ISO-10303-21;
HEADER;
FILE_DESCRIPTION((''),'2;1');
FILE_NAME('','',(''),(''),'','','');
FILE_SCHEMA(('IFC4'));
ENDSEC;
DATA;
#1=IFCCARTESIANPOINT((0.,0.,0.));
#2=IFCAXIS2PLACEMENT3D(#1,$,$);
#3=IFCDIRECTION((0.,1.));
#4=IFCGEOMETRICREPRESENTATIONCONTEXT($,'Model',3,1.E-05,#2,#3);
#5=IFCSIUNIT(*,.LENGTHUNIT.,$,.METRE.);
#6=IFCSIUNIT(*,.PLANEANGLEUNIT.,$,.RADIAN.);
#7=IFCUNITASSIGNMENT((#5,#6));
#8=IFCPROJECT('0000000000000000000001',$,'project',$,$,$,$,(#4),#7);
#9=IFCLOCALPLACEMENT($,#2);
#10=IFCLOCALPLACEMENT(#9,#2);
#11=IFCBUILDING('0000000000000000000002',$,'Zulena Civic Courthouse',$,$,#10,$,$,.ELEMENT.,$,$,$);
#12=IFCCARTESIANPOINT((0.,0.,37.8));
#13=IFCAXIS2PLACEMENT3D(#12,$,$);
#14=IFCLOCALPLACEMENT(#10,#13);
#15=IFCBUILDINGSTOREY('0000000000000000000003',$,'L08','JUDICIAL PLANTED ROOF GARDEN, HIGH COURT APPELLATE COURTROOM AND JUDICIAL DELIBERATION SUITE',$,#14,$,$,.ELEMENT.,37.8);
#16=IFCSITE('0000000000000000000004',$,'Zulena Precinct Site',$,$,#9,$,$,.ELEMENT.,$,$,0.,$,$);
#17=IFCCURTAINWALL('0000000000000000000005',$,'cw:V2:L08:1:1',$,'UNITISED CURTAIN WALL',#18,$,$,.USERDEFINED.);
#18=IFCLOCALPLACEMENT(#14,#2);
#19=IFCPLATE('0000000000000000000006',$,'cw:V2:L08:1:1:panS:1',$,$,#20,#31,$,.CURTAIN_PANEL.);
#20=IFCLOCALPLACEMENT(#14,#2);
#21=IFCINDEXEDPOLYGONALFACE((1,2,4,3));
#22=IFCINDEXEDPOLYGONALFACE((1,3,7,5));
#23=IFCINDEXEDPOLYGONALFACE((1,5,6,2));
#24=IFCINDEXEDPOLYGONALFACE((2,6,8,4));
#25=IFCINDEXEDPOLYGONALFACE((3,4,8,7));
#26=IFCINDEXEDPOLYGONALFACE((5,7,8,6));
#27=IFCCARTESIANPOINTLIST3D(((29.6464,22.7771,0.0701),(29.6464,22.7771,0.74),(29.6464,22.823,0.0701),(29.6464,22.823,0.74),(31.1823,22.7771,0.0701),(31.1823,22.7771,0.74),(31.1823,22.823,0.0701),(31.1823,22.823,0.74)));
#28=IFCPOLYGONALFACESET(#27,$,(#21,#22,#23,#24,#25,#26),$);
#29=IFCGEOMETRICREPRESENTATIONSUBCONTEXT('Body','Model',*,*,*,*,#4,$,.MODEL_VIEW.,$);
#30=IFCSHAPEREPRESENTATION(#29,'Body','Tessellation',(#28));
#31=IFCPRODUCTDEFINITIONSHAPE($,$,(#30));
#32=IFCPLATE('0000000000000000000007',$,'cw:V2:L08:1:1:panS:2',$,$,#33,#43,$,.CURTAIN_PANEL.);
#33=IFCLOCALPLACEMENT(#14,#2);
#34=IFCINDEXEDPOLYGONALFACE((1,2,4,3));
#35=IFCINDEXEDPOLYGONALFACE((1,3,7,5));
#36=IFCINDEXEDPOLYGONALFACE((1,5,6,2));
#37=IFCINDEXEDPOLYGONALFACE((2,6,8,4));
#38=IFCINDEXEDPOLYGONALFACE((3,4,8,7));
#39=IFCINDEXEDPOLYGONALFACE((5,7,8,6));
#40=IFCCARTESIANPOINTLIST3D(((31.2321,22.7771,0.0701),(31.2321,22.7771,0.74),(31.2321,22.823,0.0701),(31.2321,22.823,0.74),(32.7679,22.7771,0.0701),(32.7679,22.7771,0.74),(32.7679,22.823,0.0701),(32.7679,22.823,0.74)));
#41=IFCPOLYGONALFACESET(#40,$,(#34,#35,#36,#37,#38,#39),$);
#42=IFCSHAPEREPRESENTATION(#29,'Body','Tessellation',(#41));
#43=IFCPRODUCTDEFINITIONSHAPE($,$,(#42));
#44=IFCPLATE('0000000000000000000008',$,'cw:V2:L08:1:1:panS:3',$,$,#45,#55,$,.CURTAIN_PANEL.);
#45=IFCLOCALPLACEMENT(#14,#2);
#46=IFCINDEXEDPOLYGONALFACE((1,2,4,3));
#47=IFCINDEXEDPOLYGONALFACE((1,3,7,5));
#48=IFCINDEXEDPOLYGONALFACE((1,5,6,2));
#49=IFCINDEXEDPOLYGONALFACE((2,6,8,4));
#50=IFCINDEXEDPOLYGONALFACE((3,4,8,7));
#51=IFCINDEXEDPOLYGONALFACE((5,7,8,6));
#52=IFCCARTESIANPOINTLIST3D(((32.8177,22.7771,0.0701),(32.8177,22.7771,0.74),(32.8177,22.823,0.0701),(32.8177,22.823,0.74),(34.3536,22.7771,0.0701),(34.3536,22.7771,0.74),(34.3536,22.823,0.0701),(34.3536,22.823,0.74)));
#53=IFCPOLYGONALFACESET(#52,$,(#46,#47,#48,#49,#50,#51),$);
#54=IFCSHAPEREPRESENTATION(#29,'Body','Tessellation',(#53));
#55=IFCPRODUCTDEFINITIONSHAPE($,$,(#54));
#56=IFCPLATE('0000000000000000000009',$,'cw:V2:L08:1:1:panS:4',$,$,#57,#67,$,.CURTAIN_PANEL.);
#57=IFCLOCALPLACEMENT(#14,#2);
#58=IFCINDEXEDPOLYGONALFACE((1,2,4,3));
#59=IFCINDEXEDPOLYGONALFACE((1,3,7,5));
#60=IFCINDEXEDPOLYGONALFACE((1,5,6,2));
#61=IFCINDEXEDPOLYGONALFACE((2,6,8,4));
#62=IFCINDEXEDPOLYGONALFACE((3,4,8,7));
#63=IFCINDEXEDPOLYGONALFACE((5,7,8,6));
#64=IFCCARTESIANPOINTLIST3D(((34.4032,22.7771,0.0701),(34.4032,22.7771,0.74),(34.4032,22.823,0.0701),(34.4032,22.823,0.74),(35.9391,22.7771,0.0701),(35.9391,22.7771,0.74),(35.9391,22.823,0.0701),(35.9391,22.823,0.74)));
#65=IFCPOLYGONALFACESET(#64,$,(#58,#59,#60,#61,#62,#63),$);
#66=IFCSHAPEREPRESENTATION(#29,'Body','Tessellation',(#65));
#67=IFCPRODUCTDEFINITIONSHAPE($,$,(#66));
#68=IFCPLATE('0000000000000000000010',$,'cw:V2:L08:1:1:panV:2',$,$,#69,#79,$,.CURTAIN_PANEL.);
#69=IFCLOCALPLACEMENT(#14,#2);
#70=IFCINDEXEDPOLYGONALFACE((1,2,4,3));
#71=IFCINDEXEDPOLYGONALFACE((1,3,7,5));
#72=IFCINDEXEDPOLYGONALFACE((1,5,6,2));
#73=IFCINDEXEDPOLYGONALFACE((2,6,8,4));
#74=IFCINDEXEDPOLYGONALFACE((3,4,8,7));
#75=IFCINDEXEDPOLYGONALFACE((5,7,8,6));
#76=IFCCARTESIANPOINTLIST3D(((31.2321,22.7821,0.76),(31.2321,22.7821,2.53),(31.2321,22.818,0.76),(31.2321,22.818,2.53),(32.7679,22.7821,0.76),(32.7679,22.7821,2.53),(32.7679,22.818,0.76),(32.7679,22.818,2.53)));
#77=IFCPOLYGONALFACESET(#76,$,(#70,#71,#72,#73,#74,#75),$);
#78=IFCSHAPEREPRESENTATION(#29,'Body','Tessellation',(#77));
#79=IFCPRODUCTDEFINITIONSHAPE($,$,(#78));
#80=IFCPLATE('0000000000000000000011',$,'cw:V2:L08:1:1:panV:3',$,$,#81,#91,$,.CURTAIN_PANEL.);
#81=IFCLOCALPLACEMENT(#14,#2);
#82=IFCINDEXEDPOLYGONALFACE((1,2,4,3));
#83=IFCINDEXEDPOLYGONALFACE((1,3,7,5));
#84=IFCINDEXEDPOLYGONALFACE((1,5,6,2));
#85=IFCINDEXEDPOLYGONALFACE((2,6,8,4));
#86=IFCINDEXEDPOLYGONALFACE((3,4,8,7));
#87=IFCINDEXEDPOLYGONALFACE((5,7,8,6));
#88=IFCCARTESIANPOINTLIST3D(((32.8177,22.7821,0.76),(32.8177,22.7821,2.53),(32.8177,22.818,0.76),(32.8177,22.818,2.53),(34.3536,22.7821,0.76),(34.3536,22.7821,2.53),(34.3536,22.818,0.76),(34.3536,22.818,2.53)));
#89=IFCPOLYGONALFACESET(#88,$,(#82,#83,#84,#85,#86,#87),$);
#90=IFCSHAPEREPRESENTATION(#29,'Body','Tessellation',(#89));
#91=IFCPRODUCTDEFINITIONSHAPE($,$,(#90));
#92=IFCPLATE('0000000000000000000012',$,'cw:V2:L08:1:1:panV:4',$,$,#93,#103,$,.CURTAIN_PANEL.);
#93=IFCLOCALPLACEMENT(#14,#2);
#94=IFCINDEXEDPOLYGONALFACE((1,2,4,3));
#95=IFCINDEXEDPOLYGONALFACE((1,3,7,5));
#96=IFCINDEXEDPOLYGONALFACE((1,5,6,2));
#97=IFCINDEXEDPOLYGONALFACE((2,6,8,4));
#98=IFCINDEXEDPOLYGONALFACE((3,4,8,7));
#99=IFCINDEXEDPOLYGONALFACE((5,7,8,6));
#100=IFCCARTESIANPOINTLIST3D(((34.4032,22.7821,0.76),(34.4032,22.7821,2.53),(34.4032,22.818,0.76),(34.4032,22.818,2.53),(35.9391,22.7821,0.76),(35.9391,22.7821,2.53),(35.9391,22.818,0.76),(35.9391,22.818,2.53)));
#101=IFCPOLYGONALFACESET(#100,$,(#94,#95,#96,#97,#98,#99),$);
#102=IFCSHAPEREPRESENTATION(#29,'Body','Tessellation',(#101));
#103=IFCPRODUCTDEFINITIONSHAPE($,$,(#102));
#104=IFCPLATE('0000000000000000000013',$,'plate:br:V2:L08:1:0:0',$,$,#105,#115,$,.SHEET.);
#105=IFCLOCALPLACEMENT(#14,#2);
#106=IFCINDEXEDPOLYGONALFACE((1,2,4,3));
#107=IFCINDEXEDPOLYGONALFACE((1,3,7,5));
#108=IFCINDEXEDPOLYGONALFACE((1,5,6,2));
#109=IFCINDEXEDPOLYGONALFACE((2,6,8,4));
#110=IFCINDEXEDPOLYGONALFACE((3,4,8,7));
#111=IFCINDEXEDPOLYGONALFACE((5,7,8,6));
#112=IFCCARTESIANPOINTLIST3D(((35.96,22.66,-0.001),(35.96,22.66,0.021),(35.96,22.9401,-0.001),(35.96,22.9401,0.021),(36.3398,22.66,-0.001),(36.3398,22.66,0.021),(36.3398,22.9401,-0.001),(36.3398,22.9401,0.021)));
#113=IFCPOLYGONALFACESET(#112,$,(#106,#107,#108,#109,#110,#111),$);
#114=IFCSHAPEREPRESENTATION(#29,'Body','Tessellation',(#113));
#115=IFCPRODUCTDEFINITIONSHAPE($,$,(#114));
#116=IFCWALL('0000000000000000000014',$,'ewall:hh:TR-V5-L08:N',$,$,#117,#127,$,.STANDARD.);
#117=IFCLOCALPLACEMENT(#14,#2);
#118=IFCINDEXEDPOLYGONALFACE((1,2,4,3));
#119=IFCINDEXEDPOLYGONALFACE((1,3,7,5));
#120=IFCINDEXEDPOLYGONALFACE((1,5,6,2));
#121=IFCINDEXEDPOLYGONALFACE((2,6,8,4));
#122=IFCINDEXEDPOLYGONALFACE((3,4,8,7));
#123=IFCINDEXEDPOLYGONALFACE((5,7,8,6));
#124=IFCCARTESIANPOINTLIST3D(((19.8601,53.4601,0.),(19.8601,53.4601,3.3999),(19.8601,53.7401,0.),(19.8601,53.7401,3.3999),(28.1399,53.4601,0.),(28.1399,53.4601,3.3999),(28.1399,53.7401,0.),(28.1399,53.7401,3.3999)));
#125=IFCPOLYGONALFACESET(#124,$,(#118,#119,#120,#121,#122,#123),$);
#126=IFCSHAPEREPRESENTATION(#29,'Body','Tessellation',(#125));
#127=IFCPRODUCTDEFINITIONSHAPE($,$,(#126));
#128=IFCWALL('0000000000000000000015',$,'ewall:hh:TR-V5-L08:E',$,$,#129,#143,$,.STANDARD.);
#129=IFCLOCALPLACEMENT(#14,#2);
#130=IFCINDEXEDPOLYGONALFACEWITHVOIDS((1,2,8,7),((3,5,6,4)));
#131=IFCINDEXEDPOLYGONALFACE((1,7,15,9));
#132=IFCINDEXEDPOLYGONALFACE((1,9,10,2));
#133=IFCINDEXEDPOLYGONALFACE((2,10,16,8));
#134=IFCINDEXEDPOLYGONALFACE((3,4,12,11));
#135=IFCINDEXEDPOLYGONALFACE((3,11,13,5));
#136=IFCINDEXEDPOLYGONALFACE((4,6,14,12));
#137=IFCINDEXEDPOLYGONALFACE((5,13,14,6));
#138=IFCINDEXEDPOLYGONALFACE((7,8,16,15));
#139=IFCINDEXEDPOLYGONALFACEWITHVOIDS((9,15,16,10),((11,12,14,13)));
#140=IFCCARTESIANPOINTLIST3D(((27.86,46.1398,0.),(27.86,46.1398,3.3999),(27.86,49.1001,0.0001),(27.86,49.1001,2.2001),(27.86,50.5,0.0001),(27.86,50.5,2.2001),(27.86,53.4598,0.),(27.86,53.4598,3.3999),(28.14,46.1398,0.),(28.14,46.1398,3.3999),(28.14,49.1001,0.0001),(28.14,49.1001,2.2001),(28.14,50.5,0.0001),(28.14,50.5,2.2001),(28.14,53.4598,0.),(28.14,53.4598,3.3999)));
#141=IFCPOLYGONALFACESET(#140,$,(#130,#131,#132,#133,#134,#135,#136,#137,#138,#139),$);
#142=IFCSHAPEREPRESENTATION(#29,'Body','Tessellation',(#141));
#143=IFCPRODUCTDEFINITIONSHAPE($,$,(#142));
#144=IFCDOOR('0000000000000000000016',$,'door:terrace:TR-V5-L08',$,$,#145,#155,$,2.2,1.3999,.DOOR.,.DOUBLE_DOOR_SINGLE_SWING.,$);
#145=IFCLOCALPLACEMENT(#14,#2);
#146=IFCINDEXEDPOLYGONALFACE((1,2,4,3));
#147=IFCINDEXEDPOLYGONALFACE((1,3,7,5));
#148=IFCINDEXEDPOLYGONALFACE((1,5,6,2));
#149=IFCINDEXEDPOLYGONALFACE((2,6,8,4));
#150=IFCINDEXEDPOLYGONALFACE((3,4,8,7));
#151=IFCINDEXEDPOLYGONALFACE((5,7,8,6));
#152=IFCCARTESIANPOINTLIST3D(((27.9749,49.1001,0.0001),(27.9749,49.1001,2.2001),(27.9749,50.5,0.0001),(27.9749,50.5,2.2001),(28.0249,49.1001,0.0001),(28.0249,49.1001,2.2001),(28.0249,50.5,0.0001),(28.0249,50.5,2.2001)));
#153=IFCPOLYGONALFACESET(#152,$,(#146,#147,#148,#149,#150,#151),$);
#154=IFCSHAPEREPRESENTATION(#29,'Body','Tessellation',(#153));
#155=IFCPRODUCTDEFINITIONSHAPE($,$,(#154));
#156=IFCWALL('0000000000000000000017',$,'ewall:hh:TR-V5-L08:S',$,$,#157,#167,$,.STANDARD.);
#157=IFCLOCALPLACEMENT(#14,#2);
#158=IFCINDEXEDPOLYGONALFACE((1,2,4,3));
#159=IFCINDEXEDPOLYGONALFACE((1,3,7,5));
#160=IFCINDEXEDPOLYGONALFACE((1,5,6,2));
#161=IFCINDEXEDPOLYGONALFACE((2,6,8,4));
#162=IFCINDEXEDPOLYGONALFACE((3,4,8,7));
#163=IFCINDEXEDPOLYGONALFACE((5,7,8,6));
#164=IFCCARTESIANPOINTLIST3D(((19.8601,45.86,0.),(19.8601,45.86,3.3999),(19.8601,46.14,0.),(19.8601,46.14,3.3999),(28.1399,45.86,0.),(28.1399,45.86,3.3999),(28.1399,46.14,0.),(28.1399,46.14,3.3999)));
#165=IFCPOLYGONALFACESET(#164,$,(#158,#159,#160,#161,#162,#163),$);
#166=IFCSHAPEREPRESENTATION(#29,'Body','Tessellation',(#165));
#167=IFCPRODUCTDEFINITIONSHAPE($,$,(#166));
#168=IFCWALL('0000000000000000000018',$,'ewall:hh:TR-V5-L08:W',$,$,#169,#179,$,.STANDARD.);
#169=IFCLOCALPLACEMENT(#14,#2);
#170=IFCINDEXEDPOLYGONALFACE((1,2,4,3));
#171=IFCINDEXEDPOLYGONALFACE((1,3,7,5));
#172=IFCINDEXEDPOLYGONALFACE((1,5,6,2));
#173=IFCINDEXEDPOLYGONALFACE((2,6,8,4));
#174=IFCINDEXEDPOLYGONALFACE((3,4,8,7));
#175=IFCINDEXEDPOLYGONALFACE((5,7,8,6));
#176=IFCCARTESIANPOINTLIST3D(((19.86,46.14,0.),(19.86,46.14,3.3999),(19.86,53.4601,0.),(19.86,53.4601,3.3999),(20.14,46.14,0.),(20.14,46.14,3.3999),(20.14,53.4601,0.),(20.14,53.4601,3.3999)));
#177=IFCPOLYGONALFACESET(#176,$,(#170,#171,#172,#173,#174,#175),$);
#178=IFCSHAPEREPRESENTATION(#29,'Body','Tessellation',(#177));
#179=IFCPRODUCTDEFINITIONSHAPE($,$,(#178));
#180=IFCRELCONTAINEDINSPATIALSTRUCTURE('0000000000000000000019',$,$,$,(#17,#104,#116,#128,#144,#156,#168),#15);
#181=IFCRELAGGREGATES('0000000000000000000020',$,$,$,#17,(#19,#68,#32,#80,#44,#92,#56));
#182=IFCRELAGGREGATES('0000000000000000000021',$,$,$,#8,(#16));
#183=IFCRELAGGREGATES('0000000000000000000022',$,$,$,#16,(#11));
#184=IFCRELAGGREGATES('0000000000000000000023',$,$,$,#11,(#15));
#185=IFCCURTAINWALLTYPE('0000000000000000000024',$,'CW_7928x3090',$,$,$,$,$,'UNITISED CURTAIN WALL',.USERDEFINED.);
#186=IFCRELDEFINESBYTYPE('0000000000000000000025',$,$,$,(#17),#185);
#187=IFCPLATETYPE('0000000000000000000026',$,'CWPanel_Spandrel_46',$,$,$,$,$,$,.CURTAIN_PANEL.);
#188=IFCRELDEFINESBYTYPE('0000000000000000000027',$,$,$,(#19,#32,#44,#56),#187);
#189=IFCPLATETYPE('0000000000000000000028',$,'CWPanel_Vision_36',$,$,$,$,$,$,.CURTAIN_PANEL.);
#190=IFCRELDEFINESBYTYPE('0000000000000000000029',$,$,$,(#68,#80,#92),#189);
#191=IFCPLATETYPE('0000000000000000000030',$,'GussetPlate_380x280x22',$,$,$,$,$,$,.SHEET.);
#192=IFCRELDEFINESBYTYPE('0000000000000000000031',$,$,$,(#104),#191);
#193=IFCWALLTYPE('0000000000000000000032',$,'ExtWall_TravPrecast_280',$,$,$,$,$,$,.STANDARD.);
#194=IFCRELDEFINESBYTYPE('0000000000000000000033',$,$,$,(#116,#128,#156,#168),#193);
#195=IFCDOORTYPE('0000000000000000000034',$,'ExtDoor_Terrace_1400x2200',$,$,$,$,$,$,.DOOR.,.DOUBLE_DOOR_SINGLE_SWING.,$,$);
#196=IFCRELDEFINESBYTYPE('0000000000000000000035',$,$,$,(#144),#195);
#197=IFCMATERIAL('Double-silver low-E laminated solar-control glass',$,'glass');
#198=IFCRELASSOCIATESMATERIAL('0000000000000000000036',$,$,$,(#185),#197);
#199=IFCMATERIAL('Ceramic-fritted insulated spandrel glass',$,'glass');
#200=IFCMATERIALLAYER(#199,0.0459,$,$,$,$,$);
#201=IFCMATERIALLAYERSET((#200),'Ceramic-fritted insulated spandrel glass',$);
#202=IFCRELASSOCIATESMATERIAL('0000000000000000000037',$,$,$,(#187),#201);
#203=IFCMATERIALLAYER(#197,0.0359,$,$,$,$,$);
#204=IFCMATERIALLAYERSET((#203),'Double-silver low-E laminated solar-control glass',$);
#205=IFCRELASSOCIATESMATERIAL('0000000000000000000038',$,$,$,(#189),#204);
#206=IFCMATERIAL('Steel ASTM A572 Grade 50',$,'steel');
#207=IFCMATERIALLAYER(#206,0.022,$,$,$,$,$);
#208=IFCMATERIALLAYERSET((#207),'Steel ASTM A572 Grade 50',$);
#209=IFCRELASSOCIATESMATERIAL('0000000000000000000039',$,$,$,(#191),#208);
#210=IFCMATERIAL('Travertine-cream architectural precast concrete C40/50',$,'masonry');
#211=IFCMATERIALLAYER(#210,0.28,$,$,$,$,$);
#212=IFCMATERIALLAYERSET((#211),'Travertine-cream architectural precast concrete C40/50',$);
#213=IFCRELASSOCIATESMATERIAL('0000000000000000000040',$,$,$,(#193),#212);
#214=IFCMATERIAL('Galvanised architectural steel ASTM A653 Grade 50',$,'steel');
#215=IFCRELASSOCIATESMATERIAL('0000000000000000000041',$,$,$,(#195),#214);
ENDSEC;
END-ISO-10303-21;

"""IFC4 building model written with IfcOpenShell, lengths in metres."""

from ifc_helpers import new_model, si_unit, direction, frame, frame_2d, origin, origin_2d, place, context, subcontext, project, spatial, rectangle, extrude, material, layer, layer_set, type_object, element, fill, aggregate, save


model = new_model("IFC4")

# Units and contexts
model_context = context("Model", 3, precision=1e-05, world=origin(), true_north=direction((0.0, 1.0)))
body_context = subcontext(model_context, "Body", "Model", "MODEL_VIEW")
ifc_project = project(units=[si_unit("LENGTHUNIT", "METRE"), si_unit("PLANEANGLEUNIT", "RADIAN")], contexts=[model_context])

# Site, building, storey
site_placement = place(None, origin())
site = spatial("IfcSite", under=ifc_project, at=site_placement, Name="Zulena Precinct Site", CompositionType="ELEMENT", RefElevation=0.0)
building_placement = place(site_placement, origin())
building = spatial("IfcBuilding", under=site, at=building_placement, Name="Zulena Civic Courthouse", CompositionType="ELEMENT")
storey_placement = place(building_placement, frame((0.0, 0.0, 37.8)))
storey = spatial("IfcBuildingStorey", under=building, at=storey_placement, Name="L08", Description="JUDICIAL PLANTED ROOF GARDEN, HIGH COURT APPELLATE COURTROOM AND JUDICIAL DELIBERATION SUITE", CompositionType="ELEMENT", Elevation=37.8)

# Curtain wall
ifc_material_1 = material(Name="Double-silver low-E laminated solar-control glass", Category="glass")
curtain_wall_type = type_object("IfcCurtainWallType", Name="CW_7928x3090", ElementType="UNITISED CURTAIN WALL", PredefinedType="USERDEFINED", material=ifc_material_1)
curtain_wall_placement = place(storey_placement, origin())
curtain_wall = element("IfcCurtainWall", 1, at=curtain_wall_placement, inside=storey, type_object=curtain_wall_type, Name="cw:V2:L08:1:1", ObjectType="UNITISED CURTAIN WALL", PredefinedType="USERDEFINED")

# Plates
ifc_material_2 = material(Name="Ceramic-fritted insulated spandrel glass", Category="glass")
ifc_layer_1 = layer(ifc_material_2, 0.0459)
ifc_layer_set_1 = layer_set([ifc_layer_1], Name="Ceramic-fritted insulated spandrel glass")
plate_type_1 = type_object("IfcPlateType", Name="CWPanel_Spandrel_46", PredefinedType="CURTAIN_PANEL", material=ifc_layer_set_1)
plate_1_placement = place(storey_placement, frame((30.4143, 22.8, 0.0701), z_axis=(0.0, 0.0, 1.0), x_axis=(1.0, 0.0, 0.0)))
plate_1 = element("IfcPlate", 2, at=plate_1_placement, type_object=plate_type_1, Name="cw:V2:L08:1:1:panS:1", PredefinedType="CURTAIN_PANEL", context=body_context, shape_type="SweptSolid", body=[
    extrude(rectangle(XDim=1.5359, YDim=0.0459, at=origin_2d()), origin(), (0.0, 0.0, 1.0), 0.6699),
])
plate_2_placement = place(storey_placement, frame((32.0, 22.8, 0.0701), z_axis=(0.0, 0.0, 1.0), x_axis=(1.0, 0.0, 0.0)))
plate_2 = element("IfcPlate", 3, at=plate_2_placement, type_object=plate_type_1, Name="cw:V2:L08:1:1:panS:2", PredefinedType="CURTAIN_PANEL", context=body_context, shape_type="SweptSolid", body=[
    extrude(rectangle(XDim=1.5359, YDim=0.0459, at=origin_2d()), origin(), (0.0, 0.0, 1.0), 0.6699),
])
plate_3_placement = place(storey_placement, frame((33.5857, 22.8, 0.0701), z_axis=(0.0, 0.0, 1.0), x_axis=(1.0, 0.0, 0.0)))
plate_3 = element("IfcPlate", 4, at=plate_3_placement, type_object=plate_type_1, Name="cw:V2:L08:1:1:panS:3", PredefinedType="CURTAIN_PANEL", context=body_context, shape_type="SweptSolid", body=[
    extrude(rectangle(XDim=1.5359, YDim=0.0459, at=origin_2d()), origin(), (0.0, 0.0, 1.0), 0.6699),
])
plate_4_placement = place(storey_placement, frame((35.1711, 22.8, 0.0701), z_axis=(0.0, 0.0, 1.0), x_axis=(1.0, 0.0, 0.0)))
plate_4 = element("IfcPlate", 5, at=plate_4_placement, type_object=plate_type_1, Name="cw:V2:L08:1:1:panS:4", PredefinedType="CURTAIN_PANEL", context=body_context, shape_type="SweptSolid", body=[
    extrude(rectangle(XDim=1.5359, YDim=0.0459, at=origin_2d()), origin(), (0.0, 0.0, 1.0), 0.6699),
])
ifc_layer_2 = layer(ifc_material_1, 0.0359)
ifc_layer_set_2 = layer_set([ifc_layer_2], Name="Double-silver low-E laminated solar-control glass")
plate_type_2 = type_object("IfcPlateType", Name="CWPanel_Vision_36", PredefinedType="CURTAIN_PANEL", material=ifc_layer_set_2)
plate_5_placement = place(storey_placement, frame((32.0, 22.8, 0.76), z_axis=(0.0, 0.0, 1.0), x_axis=(1.0, 0.0, 0.0)))
plate_5 = element("IfcPlate", 6, at=plate_5_placement, type_object=plate_type_2, Name="cw:V2:L08:1:1:panV:2", PredefinedType="CURTAIN_PANEL", context=body_context, shape_type="SweptSolid", body=[
    extrude(rectangle(XDim=1.5359, YDim=0.0359, at=origin_2d()), origin(), (0.0, 0.0, 1.0), 1.77),
])
plate_6_placement = place(storey_placement, frame((33.5857, 22.8, 0.76), z_axis=(0.0, 0.0, 1.0), x_axis=(1.0, 0.0, 0.0)))
plate_6 = element("IfcPlate", 7, at=plate_6_placement, type_object=plate_type_2, Name="cw:V2:L08:1:1:panV:3", PredefinedType="CURTAIN_PANEL", context=body_context, shape_type="SweptSolid", body=[
    extrude(rectangle(XDim=1.5359, YDim=0.0359, at=origin_2d()), origin(), (0.0, 0.0, 1.0), 1.77),
])
plate_7_placement = place(storey_placement, frame((35.1711, 22.8, 0.76), z_axis=(0.0, 0.0, 1.0), x_axis=(1.0, 0.0, 0.0)))
plate_7 = element("IfcPlate", 8, at=plate_7_placement, type_object=plate_type_2, Name="cw:V2:L08:1:1:panV:4", PredefinedType="CURTAIN_PANEL", context=body_context, shape_type="SweptSolid", body=[
    extrude(rectangle(XDim=1.5359, YDim=0.0359, at=origin_2d()), origin(), (0.0, 0.0, 1.0), 1.77),
])
aggregate(curtain_wall, [plate_1, plate_5, plate_2, plate_6, plate_3, plate_7, plate_4])
ifc_material_3 = material(Name="Steel ASTM A572 Grade 50", Category="steel")
ifc_layer_3 = layer(ifc_material_3, 0.022)
ifc_layer_set_3 = layer_set([ifc_layer_3], Name="Steel ASTM A572 Grade 50")
plate_type_3 = type_object("IfcPlateType", Name="GussetPlate_380x280x22", PredefinedType="SHEET", material=ifc_layer_set_3)
plate_8_placement = place(storey_placement, frame((36.1499, 22.8, -0.001), z_axis=(0.0, 0.0, 1.0), x_axis=(1.0, 0.0, 0.0)))
element("IfcPlate", 9, at=plate_8_placement, inside=storey, type_object=plate_type_3, Name="plate:br:V2:L08:1:0:0", PredefinedType="SHEET", context=body_context, shape_type="SweptSolid", body=[
    extrude(rectangle(XDim=0.3799, YDim=0.28, at=origin_2d()), origin(), (0.0, 0.0, 1.0), 0.022),
])

# Wall
ifc_material_4 = material(Name="Travertine-cream architectural precast concrete C40/50", Category="masonry")
ifc_layer_4 = layer(ifc_material_4, 0.28)
ifc_layer_set_4 = layer_set([ifc_layer_4], Name="Travertine-cream architectural precast concrete C40/50")
wall_type_1 = type_object("IfcWallType", Name="ExtWall_TravPrecast_280", PredefinedType="STANDARD", material=ifc_layer_set_4)
wall_1_placement = place(storey_placement, frame((19.8601, 53.6001, 0.0), z_axis=(0.0, 0.0, 1.0), x_axis=(1.0, 0.0, 0.0)))
element("IfcWall", 10, at=wall_1_placement, inside=storey, type_object=wall_type_1, Name="ewall:hh:TR-V5-L08:N", PredefinedType="STANDARD", context=body_context, shape_type="SweptSolid", body=[
    extrude(rectangle(XDim=8.2798, YDim=0.28, at=frame_2d((4.1399, 0.0))), origin(), (0.0, 0.0, 1.0), 3.3999),
])

# Wall, opening, door
wall_2_placement = place(storey_placement, frame((28.0, 53.46, 0.0), z_axis=(0.0, 0.0, 1.0), x_axis=(0.0, -1.0, 0.0)))
wall_2 = element("IfcWall", 11, at=wall_2_placement, inside=storey, type_object=wall_type_1, Name="ewall:hh:TR-V5-L08:E", PredefinedType="STANDARD", context=body_context, shape_type="SweptSolid", body=[
    extrude(rectangle(XDim=7.3201, YDim=0.28, at=frame_2d((3.6602, 0.0))), origin(), (0.0, 0.0, 1.0), 3.3999),
])
opening_placement = place(wall_2_placement, frame((2.96, 0.0, 0.0)))
opening = element("IfcOpeningElement", 12, at=opening_placement, cuts=wall_2, PredefinedType="OPENING", context=body_context, shape_type="SweptSolid", body=[
    extrude(rectangle(XDim=1.3999, YDim=2.2, at=frame_2d((0.7, 1.1001))), frame((0.0, 0.1499, 0.0), z_axis=(0.0, -1.0, 0.0), x_axis=(1.0, 0.0, 0.0)), (0.0, 0.0, 1.0), 0.3),
])
ifc_material_5 = material(Name="Galvanised architectural steel ASTM A653 Grade 50", Category="steel")
door_type = type_object("IfcDoorType", Name="ExtDoor_Terrace_1400x2200", OperationType="DOUBLE_DOOR_SINGLE_SWING", PredefinedType="DOOR", material=ifc_material_5)
door_placement = place(opening_placement, origin())
door = element("IfcDoor", 13, at=door_placement, inside=storey, type_object=door_type, Name="door:terrace:TR-V5-L08", OperationType="DOUBLE_DOOR_SINGLE_SWING", OverallHeight=2.2, OverallWidth=1.3999, PredefinedType="DOOR", context=body_context, shape_type="SweptSolid", body=[
    extrude(rectangle(XDim=1.3999, YDim=2.2, at=frame_2d((0.7, 1.1001))), frame((0.0, 0.0249, 0.0), z_axis=(0.0, -1.0, 0.0), x_axis=(1.0, 0.0, 0.0)), (0.0, 0.0, 1.0), 0.05),
])
fill(opening, door)

# Walls
wall_3_placement = place(storey_placement, frame((28.1399, 46.0, 0.0), z_axis=(0.0, 0.0, 1.0), x_axis=(-1.0, 0.0, 0.0)))
element("IfcWall", 14, at=wall_3_placement, inside=storey, type_object=wall_type_1, Name="ewall:hh:TR-V5-L08:S", PredefinedType="STANDARD", context=body_context, shape_type="SweptSolid", body=[
    extrude(rectangle(XDim=8.2798, YDim=0.28, at=frame_2d((4.1399, 0.0))), origin(), (0.0, 0.0, 1.0), 3.3999),
])
wall_4_placement = place(storey_placement, frame((20.0, 46.1399, 0.0), z_axis=(0.0, 0.0, 1.0), x_axis=(0.0, 1.0, 0.0)))
element("IfcWall", 15, at=wall_4_placement, inside=storey, type_object=wall_type_1, Name="ewall:hh:TR-V5-L08:W", PredefinedType="STANDARD", context=body_context, shape_type="SweptSolid", body=[
    extrude(rectangle(XDim=7.3201, YDim=0.28, at=frame_2d((3.6602, 0.0))), origin(), (0.0, 0.0, 1.0), 3.3999),
])

save(model, "model.ifc")
